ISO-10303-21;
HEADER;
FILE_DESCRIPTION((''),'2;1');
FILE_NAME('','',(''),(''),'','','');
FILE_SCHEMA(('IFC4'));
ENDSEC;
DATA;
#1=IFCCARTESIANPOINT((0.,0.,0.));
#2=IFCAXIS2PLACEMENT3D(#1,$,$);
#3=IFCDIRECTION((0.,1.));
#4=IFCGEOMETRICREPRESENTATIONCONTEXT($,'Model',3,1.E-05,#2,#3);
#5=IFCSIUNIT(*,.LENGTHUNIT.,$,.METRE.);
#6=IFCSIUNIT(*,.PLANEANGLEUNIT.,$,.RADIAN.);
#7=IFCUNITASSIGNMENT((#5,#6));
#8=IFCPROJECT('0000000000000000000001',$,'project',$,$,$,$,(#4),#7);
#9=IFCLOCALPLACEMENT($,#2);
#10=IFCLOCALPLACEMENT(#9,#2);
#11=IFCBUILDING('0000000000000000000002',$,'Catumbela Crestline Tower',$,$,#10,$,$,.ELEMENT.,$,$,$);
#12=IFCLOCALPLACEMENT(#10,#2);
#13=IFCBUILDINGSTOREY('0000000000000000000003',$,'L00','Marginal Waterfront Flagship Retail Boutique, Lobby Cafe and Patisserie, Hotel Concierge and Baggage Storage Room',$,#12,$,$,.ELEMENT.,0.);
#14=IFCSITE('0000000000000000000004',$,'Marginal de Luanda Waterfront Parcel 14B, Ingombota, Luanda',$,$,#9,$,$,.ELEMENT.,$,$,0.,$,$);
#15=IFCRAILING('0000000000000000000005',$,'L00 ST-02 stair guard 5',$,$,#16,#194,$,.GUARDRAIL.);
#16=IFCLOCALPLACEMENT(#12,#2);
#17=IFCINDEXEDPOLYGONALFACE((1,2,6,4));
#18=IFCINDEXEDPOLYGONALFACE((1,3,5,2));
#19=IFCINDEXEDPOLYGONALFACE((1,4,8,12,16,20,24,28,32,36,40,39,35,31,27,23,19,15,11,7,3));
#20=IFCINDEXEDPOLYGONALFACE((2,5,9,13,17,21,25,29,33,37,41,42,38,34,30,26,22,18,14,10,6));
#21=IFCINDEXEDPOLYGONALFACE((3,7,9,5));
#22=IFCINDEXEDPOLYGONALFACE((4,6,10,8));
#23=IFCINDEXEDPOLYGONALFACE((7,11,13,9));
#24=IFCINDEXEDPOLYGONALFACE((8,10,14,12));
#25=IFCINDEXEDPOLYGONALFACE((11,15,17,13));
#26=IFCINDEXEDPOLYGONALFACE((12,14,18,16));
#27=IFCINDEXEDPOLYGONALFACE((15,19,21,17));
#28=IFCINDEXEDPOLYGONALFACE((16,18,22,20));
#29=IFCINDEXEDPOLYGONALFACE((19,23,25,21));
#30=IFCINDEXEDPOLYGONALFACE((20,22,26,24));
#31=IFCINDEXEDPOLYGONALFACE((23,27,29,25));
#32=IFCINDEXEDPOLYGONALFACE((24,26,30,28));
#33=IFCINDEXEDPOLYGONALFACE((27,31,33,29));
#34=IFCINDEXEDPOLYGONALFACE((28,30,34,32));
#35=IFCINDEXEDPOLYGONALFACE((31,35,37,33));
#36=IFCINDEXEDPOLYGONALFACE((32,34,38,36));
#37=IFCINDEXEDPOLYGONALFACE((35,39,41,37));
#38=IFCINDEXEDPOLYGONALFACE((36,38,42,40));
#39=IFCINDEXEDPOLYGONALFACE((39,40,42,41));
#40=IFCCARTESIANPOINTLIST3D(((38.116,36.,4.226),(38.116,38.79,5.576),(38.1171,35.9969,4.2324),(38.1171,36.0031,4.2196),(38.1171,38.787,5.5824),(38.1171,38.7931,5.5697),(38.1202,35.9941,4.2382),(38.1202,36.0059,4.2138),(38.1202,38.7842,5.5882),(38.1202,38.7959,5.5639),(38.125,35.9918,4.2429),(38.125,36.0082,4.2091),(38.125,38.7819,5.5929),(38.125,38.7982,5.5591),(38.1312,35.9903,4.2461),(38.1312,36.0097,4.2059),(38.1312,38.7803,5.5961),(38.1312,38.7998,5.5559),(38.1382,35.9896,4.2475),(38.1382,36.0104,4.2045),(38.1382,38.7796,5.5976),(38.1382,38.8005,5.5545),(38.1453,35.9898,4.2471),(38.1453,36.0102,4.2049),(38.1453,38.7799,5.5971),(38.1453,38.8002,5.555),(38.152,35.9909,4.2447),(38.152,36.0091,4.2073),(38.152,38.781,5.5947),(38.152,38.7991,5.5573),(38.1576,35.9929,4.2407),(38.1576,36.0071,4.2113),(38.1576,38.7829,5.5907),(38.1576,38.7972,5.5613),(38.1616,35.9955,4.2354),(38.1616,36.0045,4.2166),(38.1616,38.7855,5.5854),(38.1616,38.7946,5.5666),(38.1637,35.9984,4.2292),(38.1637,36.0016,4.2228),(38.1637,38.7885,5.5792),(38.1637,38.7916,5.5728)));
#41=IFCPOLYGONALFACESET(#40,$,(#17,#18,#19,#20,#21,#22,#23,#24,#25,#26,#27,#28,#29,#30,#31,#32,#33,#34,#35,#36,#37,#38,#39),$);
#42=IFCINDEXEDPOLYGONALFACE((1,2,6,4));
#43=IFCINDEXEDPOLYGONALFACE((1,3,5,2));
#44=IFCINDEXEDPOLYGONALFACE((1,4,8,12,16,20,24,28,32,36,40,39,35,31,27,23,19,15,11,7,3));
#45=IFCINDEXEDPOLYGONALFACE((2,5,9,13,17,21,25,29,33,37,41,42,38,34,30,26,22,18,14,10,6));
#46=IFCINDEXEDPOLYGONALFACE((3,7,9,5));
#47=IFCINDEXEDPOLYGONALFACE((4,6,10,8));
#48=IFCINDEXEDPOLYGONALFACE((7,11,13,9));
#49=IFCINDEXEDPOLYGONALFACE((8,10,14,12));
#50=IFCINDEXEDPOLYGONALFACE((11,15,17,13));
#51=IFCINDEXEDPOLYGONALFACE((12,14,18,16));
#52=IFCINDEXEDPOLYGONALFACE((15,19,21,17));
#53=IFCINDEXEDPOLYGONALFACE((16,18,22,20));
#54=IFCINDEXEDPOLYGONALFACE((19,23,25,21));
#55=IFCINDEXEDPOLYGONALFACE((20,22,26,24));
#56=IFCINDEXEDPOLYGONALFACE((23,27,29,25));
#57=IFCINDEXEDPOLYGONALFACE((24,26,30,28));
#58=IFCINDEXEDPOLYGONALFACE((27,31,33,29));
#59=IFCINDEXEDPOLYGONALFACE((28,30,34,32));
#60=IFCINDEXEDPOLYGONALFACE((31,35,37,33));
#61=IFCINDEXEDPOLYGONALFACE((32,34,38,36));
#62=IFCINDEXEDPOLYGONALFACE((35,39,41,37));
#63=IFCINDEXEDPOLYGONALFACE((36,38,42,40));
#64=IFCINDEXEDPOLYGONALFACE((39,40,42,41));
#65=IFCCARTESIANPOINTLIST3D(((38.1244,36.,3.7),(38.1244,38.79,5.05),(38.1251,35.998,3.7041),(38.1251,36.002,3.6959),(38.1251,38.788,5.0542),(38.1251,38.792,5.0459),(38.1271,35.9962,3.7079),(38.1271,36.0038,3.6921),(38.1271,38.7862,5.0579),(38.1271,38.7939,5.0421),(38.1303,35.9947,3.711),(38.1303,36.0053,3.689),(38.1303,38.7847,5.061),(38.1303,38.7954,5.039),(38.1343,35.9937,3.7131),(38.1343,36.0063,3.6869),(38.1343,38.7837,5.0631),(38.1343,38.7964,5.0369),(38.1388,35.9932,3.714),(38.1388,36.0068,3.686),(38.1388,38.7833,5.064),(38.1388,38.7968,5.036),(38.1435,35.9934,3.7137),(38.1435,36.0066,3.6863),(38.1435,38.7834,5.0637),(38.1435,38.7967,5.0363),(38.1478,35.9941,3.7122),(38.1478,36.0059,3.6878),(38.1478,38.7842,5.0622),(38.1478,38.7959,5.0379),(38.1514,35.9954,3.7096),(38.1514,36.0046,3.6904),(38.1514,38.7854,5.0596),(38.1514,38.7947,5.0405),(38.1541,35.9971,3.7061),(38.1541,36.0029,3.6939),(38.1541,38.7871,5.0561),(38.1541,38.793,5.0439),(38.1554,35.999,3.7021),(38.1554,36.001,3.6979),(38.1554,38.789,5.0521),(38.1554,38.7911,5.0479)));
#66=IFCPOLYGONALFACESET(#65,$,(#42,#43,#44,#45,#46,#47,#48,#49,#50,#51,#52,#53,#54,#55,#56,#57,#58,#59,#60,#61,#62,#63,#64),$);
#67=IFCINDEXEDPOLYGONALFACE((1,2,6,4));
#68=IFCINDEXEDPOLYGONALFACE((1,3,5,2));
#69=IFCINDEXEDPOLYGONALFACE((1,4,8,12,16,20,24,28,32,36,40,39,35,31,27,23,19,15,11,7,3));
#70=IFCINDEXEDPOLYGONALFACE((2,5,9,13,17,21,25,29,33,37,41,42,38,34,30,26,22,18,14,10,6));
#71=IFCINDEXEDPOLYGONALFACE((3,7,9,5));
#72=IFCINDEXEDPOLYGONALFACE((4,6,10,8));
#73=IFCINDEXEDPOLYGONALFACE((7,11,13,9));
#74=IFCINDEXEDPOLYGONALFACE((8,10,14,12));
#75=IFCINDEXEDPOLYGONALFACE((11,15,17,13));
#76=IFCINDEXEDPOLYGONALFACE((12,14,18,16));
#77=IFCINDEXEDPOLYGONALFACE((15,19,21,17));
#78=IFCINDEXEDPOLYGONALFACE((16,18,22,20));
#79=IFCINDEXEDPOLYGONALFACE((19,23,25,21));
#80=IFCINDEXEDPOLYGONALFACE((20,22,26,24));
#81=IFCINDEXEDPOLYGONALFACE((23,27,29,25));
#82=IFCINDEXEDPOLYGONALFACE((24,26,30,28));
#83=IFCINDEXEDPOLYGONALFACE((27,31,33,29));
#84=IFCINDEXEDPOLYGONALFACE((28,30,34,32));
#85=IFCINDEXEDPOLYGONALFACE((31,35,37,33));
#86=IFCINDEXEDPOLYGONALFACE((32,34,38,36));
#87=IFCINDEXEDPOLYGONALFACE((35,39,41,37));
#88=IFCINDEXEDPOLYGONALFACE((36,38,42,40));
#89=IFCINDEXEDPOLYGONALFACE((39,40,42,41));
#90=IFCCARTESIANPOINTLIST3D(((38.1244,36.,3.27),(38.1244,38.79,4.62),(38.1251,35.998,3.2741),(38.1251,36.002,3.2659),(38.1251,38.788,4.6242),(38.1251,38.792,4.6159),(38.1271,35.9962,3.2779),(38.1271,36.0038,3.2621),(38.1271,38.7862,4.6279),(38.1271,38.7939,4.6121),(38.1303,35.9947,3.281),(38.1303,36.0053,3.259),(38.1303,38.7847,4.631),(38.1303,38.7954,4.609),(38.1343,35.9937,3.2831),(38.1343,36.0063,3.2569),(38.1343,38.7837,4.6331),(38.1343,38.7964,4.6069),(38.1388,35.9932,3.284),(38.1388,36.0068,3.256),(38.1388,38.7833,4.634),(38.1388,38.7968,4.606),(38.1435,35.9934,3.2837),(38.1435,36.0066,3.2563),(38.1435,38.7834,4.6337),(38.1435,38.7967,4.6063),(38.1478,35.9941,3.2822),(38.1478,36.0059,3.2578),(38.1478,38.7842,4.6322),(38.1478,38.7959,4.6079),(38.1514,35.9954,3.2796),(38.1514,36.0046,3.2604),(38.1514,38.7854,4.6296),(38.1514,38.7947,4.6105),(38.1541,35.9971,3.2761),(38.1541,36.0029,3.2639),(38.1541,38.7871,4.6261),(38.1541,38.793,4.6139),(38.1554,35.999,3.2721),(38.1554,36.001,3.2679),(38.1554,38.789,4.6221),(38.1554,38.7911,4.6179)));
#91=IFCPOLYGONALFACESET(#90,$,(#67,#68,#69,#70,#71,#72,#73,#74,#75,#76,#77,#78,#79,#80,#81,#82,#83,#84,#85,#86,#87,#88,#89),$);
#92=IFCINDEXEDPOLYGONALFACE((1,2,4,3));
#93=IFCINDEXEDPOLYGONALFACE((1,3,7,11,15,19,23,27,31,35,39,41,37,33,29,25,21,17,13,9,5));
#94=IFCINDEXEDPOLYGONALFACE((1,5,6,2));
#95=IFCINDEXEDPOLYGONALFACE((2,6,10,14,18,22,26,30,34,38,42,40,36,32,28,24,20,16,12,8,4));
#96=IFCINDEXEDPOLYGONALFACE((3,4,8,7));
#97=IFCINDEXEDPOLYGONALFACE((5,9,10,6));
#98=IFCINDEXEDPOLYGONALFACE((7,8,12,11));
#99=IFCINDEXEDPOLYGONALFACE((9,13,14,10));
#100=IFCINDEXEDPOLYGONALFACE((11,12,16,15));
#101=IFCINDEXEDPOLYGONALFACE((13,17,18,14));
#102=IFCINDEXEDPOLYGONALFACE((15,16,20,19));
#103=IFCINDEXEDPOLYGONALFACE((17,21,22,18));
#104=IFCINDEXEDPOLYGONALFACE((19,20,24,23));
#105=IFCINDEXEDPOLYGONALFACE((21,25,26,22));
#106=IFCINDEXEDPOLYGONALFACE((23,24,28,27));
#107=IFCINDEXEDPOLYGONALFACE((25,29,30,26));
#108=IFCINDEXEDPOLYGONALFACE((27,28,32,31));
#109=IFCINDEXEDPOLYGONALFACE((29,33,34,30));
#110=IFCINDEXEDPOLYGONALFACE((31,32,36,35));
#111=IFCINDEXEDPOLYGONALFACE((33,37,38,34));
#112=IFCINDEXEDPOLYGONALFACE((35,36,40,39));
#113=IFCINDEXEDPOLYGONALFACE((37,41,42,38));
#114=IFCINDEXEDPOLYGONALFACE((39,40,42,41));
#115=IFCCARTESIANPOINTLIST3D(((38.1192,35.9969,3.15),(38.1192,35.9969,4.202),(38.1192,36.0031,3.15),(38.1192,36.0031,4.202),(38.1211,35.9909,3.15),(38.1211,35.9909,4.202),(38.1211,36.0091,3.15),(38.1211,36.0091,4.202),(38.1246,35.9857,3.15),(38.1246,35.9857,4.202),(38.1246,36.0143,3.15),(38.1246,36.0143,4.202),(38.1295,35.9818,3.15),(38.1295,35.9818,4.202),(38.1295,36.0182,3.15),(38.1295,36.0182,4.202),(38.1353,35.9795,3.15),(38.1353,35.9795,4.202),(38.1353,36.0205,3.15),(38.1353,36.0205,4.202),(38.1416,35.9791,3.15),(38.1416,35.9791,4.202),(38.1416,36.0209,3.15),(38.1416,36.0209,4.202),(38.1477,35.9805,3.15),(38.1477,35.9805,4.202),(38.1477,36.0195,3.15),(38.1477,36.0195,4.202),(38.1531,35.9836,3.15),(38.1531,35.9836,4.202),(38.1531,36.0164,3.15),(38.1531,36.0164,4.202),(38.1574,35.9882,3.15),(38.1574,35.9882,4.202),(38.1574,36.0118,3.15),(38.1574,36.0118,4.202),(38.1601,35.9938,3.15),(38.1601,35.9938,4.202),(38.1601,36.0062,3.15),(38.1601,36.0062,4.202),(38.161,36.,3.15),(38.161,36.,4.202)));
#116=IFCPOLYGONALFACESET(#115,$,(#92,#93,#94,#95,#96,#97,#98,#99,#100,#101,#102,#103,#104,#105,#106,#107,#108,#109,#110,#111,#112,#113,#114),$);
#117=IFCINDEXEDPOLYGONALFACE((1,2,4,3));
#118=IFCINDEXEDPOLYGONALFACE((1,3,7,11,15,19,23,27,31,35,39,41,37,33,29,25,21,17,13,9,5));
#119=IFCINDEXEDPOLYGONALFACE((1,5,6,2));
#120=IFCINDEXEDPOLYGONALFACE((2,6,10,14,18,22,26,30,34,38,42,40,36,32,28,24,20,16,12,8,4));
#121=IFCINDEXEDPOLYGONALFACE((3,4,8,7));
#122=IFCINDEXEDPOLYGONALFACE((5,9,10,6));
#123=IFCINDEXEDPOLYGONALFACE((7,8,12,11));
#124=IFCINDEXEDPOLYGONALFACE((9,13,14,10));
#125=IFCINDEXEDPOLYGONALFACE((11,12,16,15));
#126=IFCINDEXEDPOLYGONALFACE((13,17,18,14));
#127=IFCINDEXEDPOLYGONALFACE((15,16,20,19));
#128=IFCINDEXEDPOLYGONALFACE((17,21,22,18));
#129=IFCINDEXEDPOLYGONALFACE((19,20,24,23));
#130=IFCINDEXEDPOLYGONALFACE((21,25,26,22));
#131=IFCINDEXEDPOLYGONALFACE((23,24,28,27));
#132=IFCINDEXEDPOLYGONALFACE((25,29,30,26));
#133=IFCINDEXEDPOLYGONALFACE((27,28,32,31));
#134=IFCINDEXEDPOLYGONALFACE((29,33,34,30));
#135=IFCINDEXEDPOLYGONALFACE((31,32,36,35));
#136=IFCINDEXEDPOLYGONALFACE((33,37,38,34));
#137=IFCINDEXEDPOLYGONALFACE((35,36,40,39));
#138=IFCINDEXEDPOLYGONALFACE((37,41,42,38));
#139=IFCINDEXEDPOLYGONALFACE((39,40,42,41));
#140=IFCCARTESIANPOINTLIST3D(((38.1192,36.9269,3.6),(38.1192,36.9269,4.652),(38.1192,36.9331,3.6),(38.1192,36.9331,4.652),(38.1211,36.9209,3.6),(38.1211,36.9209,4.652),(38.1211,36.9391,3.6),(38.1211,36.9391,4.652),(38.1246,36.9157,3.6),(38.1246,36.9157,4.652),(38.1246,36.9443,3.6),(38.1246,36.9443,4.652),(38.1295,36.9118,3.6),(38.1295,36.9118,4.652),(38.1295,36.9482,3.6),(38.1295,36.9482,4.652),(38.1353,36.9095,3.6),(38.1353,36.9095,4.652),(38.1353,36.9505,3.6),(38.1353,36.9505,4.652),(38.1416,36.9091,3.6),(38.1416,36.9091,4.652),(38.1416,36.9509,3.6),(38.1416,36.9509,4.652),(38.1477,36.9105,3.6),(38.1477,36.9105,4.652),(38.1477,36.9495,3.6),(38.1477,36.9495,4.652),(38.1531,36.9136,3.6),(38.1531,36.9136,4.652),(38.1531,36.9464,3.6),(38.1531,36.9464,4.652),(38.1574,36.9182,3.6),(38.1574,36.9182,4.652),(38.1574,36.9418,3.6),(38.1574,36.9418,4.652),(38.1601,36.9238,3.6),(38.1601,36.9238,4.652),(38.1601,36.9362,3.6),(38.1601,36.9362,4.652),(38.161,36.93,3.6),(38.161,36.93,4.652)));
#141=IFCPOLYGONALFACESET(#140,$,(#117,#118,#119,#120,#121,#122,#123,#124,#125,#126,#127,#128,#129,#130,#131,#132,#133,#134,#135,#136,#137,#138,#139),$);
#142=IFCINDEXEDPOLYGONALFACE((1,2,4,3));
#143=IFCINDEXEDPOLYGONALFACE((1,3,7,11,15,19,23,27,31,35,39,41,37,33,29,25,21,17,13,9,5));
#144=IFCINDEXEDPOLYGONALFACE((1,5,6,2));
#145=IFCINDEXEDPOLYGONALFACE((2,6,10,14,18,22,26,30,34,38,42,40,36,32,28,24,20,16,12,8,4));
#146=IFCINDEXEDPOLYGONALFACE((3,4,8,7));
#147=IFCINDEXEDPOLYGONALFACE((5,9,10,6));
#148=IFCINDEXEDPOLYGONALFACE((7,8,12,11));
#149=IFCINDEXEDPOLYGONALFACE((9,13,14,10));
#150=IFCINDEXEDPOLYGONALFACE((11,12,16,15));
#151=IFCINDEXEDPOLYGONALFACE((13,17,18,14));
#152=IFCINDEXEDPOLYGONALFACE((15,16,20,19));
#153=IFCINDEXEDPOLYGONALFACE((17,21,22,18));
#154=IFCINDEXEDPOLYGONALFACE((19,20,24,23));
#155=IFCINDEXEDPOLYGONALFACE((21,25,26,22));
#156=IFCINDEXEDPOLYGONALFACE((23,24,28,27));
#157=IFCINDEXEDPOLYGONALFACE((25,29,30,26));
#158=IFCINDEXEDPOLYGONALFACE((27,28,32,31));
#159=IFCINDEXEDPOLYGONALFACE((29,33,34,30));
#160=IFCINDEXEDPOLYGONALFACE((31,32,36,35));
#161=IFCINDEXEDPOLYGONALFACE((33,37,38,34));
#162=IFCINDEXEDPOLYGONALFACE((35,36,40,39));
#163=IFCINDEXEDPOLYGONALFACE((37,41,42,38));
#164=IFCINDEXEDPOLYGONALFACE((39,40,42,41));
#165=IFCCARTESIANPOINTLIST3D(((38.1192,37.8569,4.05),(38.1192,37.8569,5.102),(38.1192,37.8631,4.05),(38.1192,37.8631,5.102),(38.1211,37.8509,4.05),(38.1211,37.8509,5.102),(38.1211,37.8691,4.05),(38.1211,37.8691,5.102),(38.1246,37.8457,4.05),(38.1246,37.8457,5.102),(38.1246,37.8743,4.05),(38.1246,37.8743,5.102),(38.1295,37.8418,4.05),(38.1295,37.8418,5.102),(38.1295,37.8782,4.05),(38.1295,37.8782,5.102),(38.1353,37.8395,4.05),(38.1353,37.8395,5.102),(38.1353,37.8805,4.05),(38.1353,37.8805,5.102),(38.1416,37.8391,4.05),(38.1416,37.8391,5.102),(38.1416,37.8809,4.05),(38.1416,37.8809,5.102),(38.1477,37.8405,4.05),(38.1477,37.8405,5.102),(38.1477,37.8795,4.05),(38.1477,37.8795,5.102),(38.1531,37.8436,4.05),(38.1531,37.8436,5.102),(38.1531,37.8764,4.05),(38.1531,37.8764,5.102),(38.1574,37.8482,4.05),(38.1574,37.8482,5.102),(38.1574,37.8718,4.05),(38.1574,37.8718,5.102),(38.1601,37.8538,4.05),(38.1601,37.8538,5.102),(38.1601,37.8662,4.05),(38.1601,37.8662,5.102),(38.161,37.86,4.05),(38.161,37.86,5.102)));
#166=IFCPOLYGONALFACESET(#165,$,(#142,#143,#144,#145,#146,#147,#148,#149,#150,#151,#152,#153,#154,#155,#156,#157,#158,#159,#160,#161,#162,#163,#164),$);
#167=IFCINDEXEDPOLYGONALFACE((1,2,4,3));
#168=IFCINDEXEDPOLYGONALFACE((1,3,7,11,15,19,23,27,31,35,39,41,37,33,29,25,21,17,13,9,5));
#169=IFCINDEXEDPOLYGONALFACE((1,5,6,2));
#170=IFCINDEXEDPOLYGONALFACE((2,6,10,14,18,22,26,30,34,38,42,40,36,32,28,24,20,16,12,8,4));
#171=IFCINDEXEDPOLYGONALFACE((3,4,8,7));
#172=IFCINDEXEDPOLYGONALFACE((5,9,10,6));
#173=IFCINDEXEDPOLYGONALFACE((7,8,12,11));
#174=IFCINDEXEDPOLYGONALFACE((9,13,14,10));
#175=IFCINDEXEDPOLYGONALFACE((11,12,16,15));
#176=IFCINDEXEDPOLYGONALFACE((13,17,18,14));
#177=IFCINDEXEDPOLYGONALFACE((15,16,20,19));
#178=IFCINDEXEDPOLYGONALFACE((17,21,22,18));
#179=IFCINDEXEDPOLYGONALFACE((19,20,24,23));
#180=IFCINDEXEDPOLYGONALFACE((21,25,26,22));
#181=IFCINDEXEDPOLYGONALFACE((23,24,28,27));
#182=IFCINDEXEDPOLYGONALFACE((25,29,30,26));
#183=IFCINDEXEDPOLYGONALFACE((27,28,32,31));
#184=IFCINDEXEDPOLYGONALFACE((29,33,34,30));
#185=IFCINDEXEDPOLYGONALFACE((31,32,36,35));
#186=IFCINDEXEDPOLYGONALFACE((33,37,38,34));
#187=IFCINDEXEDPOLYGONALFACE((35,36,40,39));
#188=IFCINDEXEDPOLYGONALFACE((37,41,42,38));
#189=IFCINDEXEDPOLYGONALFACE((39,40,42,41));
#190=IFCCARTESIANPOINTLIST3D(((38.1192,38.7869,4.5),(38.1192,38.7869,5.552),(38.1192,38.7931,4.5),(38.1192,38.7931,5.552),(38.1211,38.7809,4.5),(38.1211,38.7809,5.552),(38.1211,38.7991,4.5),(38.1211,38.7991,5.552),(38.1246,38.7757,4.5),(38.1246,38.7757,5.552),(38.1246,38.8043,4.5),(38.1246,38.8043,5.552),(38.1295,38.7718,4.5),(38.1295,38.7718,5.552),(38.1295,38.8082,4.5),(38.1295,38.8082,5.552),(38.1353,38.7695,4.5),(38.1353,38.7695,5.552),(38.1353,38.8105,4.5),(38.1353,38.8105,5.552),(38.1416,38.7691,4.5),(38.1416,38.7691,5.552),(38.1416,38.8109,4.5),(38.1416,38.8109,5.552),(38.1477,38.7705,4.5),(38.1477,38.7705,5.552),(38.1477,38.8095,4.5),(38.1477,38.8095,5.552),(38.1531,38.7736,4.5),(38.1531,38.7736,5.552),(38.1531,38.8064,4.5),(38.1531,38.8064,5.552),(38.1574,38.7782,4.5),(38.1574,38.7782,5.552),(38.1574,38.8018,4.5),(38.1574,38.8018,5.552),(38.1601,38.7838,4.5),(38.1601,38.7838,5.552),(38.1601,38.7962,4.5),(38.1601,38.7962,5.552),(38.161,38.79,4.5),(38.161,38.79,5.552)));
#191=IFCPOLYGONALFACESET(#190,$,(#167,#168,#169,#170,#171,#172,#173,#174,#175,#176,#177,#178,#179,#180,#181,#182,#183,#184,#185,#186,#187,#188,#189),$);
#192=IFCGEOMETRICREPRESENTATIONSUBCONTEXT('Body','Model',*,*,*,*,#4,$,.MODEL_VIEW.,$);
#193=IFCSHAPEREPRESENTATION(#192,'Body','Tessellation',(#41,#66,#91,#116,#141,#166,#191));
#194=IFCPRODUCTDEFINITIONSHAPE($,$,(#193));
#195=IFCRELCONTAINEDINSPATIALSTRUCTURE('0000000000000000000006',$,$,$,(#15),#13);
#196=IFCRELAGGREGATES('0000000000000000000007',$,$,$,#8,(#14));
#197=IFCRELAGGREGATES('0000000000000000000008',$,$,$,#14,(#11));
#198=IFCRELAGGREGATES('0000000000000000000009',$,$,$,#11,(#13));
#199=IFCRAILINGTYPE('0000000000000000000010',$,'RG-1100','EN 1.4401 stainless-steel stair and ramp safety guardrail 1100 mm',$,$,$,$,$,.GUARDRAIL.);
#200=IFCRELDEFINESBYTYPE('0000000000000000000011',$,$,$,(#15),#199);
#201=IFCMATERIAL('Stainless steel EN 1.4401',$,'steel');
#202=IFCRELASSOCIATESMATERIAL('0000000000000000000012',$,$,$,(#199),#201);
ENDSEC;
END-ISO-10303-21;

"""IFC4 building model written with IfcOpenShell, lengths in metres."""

from ifc_helpers import new_model, si_unit, direction, frame, origin, origin_2d, place, context, subcontext, project, spatial, circle, extrude, material, type_object, element, save


model = new_model("IFC4")

# Units and contexts
model_context = context("Model", 3, precision=1e-05, world=origin(), true_north=direction((0.0, 1.0)))
body_context = subcontext(model_context, "Body", "Model", "MODEL_VIEW")
ifc_project = project(units=[si_unit("LENGTHUNIT", "METRE"), si_unit("PLANEANGLEUNIT", "RADIAN")], contexts=[model_context])

# Site, building, storey
site_placement = place(None, origin())
site = spatial("IfcSite", under=ifc_project, at=site_placement, Name="Marginal de Luanda Waterfront Parcel 14B, Ingombota, Luanda", CompositionType="ELEMENT", RefElevation=0.0)
building_placement = place(site_placement, origin())
building = spatial("IfcBuilding", under=site, at=building_placement, Name="Catumbela Crestline Tower", CompositionType="ELEMENT")
storey_placement = place(building_placement, origin())
storey = spatial("IfcBuildingStorey", under=building, at=storey_placement, Name="L00", Description="Marginal Waterfront Flagship Retail Boutique, Lobby Cafe and Patisserie, Hotel Concierge and Baggage Storage Room", CompositionType="ELEMENT", Elevation=0.0)

# Shared definitions
ifc_material_1 = material(Name="Stainless steel EN 1.4401", Category="steel")

# Railing
railing_type_1 = type_object("IfcRailingType", Name="RG-1100", Description="EN 1.4401 stainless-steel stair and ramp safety guardrail 1100 mm", PredefinedType="GUARDRAIL", material=ifc_material_1)
railing_1_placement = place(storey_placement, frame((38.14, 36.0, 3.15)))
element("IfcRailing", 1, at=railing_1_placement, inside=storey, type_object=railing_type_1, Name="L00 ST-02 stair guard 5", PredefinedType="GUARDRAIL", context=body_context, shape_type="SweptSolid", body=[
    extrude(circle(Radius=0.024, at=origin_2d()), frame((0.0, 0.0, 1.076), z_axis=(0.0, 0.900159, 0.435561), x_axis=(-1.0, 0.0, 0.0)), (0.0, 0.0, 1.0), 3.0995),
    extrude(circle(Radius=0.0156, at=origin_2d()), frame((0.0, 0.0, 0.55), z_axis=(0.0, 0.900159, 0.435561), x_axis=(-1.0, 0.0, 0.0)), (0.0, 0.0, 1.0), 3.0995),
    extrude(circle(Radius=0.0156, at=origin_2d()), frame((0.0, 0.0, 0.12), z_axis=(0.0, 0.900159, 0.435561), x_axis=(-1.0, 0.0, 0.0)), (0.0, 0.0, 1.0), 3.0995),
    extrude(circle(Radius=0.021, at=origin_2d()), origin(), (0.0, 0.0, 1.0), 1.052),
    extrude(circle(Radius=0.021, at=origin_2d()), frame((0.0, 0.93, 0.45)), (0.0, 0.0, 1.0), 1.052),
    extrude(circle(Radius=0.021, at=origin_2d()), frame((0.0, 1.86, 0.9)), (0.0, 0.0, 1.0), 1.052),
    extrude(circle(Radius=0.021, at=origin_2d()), frame((0.0, 2.79, 1.35)), (0.0, 0.0, 1.0), 1.052),
])

save(model, "model.ifc")
